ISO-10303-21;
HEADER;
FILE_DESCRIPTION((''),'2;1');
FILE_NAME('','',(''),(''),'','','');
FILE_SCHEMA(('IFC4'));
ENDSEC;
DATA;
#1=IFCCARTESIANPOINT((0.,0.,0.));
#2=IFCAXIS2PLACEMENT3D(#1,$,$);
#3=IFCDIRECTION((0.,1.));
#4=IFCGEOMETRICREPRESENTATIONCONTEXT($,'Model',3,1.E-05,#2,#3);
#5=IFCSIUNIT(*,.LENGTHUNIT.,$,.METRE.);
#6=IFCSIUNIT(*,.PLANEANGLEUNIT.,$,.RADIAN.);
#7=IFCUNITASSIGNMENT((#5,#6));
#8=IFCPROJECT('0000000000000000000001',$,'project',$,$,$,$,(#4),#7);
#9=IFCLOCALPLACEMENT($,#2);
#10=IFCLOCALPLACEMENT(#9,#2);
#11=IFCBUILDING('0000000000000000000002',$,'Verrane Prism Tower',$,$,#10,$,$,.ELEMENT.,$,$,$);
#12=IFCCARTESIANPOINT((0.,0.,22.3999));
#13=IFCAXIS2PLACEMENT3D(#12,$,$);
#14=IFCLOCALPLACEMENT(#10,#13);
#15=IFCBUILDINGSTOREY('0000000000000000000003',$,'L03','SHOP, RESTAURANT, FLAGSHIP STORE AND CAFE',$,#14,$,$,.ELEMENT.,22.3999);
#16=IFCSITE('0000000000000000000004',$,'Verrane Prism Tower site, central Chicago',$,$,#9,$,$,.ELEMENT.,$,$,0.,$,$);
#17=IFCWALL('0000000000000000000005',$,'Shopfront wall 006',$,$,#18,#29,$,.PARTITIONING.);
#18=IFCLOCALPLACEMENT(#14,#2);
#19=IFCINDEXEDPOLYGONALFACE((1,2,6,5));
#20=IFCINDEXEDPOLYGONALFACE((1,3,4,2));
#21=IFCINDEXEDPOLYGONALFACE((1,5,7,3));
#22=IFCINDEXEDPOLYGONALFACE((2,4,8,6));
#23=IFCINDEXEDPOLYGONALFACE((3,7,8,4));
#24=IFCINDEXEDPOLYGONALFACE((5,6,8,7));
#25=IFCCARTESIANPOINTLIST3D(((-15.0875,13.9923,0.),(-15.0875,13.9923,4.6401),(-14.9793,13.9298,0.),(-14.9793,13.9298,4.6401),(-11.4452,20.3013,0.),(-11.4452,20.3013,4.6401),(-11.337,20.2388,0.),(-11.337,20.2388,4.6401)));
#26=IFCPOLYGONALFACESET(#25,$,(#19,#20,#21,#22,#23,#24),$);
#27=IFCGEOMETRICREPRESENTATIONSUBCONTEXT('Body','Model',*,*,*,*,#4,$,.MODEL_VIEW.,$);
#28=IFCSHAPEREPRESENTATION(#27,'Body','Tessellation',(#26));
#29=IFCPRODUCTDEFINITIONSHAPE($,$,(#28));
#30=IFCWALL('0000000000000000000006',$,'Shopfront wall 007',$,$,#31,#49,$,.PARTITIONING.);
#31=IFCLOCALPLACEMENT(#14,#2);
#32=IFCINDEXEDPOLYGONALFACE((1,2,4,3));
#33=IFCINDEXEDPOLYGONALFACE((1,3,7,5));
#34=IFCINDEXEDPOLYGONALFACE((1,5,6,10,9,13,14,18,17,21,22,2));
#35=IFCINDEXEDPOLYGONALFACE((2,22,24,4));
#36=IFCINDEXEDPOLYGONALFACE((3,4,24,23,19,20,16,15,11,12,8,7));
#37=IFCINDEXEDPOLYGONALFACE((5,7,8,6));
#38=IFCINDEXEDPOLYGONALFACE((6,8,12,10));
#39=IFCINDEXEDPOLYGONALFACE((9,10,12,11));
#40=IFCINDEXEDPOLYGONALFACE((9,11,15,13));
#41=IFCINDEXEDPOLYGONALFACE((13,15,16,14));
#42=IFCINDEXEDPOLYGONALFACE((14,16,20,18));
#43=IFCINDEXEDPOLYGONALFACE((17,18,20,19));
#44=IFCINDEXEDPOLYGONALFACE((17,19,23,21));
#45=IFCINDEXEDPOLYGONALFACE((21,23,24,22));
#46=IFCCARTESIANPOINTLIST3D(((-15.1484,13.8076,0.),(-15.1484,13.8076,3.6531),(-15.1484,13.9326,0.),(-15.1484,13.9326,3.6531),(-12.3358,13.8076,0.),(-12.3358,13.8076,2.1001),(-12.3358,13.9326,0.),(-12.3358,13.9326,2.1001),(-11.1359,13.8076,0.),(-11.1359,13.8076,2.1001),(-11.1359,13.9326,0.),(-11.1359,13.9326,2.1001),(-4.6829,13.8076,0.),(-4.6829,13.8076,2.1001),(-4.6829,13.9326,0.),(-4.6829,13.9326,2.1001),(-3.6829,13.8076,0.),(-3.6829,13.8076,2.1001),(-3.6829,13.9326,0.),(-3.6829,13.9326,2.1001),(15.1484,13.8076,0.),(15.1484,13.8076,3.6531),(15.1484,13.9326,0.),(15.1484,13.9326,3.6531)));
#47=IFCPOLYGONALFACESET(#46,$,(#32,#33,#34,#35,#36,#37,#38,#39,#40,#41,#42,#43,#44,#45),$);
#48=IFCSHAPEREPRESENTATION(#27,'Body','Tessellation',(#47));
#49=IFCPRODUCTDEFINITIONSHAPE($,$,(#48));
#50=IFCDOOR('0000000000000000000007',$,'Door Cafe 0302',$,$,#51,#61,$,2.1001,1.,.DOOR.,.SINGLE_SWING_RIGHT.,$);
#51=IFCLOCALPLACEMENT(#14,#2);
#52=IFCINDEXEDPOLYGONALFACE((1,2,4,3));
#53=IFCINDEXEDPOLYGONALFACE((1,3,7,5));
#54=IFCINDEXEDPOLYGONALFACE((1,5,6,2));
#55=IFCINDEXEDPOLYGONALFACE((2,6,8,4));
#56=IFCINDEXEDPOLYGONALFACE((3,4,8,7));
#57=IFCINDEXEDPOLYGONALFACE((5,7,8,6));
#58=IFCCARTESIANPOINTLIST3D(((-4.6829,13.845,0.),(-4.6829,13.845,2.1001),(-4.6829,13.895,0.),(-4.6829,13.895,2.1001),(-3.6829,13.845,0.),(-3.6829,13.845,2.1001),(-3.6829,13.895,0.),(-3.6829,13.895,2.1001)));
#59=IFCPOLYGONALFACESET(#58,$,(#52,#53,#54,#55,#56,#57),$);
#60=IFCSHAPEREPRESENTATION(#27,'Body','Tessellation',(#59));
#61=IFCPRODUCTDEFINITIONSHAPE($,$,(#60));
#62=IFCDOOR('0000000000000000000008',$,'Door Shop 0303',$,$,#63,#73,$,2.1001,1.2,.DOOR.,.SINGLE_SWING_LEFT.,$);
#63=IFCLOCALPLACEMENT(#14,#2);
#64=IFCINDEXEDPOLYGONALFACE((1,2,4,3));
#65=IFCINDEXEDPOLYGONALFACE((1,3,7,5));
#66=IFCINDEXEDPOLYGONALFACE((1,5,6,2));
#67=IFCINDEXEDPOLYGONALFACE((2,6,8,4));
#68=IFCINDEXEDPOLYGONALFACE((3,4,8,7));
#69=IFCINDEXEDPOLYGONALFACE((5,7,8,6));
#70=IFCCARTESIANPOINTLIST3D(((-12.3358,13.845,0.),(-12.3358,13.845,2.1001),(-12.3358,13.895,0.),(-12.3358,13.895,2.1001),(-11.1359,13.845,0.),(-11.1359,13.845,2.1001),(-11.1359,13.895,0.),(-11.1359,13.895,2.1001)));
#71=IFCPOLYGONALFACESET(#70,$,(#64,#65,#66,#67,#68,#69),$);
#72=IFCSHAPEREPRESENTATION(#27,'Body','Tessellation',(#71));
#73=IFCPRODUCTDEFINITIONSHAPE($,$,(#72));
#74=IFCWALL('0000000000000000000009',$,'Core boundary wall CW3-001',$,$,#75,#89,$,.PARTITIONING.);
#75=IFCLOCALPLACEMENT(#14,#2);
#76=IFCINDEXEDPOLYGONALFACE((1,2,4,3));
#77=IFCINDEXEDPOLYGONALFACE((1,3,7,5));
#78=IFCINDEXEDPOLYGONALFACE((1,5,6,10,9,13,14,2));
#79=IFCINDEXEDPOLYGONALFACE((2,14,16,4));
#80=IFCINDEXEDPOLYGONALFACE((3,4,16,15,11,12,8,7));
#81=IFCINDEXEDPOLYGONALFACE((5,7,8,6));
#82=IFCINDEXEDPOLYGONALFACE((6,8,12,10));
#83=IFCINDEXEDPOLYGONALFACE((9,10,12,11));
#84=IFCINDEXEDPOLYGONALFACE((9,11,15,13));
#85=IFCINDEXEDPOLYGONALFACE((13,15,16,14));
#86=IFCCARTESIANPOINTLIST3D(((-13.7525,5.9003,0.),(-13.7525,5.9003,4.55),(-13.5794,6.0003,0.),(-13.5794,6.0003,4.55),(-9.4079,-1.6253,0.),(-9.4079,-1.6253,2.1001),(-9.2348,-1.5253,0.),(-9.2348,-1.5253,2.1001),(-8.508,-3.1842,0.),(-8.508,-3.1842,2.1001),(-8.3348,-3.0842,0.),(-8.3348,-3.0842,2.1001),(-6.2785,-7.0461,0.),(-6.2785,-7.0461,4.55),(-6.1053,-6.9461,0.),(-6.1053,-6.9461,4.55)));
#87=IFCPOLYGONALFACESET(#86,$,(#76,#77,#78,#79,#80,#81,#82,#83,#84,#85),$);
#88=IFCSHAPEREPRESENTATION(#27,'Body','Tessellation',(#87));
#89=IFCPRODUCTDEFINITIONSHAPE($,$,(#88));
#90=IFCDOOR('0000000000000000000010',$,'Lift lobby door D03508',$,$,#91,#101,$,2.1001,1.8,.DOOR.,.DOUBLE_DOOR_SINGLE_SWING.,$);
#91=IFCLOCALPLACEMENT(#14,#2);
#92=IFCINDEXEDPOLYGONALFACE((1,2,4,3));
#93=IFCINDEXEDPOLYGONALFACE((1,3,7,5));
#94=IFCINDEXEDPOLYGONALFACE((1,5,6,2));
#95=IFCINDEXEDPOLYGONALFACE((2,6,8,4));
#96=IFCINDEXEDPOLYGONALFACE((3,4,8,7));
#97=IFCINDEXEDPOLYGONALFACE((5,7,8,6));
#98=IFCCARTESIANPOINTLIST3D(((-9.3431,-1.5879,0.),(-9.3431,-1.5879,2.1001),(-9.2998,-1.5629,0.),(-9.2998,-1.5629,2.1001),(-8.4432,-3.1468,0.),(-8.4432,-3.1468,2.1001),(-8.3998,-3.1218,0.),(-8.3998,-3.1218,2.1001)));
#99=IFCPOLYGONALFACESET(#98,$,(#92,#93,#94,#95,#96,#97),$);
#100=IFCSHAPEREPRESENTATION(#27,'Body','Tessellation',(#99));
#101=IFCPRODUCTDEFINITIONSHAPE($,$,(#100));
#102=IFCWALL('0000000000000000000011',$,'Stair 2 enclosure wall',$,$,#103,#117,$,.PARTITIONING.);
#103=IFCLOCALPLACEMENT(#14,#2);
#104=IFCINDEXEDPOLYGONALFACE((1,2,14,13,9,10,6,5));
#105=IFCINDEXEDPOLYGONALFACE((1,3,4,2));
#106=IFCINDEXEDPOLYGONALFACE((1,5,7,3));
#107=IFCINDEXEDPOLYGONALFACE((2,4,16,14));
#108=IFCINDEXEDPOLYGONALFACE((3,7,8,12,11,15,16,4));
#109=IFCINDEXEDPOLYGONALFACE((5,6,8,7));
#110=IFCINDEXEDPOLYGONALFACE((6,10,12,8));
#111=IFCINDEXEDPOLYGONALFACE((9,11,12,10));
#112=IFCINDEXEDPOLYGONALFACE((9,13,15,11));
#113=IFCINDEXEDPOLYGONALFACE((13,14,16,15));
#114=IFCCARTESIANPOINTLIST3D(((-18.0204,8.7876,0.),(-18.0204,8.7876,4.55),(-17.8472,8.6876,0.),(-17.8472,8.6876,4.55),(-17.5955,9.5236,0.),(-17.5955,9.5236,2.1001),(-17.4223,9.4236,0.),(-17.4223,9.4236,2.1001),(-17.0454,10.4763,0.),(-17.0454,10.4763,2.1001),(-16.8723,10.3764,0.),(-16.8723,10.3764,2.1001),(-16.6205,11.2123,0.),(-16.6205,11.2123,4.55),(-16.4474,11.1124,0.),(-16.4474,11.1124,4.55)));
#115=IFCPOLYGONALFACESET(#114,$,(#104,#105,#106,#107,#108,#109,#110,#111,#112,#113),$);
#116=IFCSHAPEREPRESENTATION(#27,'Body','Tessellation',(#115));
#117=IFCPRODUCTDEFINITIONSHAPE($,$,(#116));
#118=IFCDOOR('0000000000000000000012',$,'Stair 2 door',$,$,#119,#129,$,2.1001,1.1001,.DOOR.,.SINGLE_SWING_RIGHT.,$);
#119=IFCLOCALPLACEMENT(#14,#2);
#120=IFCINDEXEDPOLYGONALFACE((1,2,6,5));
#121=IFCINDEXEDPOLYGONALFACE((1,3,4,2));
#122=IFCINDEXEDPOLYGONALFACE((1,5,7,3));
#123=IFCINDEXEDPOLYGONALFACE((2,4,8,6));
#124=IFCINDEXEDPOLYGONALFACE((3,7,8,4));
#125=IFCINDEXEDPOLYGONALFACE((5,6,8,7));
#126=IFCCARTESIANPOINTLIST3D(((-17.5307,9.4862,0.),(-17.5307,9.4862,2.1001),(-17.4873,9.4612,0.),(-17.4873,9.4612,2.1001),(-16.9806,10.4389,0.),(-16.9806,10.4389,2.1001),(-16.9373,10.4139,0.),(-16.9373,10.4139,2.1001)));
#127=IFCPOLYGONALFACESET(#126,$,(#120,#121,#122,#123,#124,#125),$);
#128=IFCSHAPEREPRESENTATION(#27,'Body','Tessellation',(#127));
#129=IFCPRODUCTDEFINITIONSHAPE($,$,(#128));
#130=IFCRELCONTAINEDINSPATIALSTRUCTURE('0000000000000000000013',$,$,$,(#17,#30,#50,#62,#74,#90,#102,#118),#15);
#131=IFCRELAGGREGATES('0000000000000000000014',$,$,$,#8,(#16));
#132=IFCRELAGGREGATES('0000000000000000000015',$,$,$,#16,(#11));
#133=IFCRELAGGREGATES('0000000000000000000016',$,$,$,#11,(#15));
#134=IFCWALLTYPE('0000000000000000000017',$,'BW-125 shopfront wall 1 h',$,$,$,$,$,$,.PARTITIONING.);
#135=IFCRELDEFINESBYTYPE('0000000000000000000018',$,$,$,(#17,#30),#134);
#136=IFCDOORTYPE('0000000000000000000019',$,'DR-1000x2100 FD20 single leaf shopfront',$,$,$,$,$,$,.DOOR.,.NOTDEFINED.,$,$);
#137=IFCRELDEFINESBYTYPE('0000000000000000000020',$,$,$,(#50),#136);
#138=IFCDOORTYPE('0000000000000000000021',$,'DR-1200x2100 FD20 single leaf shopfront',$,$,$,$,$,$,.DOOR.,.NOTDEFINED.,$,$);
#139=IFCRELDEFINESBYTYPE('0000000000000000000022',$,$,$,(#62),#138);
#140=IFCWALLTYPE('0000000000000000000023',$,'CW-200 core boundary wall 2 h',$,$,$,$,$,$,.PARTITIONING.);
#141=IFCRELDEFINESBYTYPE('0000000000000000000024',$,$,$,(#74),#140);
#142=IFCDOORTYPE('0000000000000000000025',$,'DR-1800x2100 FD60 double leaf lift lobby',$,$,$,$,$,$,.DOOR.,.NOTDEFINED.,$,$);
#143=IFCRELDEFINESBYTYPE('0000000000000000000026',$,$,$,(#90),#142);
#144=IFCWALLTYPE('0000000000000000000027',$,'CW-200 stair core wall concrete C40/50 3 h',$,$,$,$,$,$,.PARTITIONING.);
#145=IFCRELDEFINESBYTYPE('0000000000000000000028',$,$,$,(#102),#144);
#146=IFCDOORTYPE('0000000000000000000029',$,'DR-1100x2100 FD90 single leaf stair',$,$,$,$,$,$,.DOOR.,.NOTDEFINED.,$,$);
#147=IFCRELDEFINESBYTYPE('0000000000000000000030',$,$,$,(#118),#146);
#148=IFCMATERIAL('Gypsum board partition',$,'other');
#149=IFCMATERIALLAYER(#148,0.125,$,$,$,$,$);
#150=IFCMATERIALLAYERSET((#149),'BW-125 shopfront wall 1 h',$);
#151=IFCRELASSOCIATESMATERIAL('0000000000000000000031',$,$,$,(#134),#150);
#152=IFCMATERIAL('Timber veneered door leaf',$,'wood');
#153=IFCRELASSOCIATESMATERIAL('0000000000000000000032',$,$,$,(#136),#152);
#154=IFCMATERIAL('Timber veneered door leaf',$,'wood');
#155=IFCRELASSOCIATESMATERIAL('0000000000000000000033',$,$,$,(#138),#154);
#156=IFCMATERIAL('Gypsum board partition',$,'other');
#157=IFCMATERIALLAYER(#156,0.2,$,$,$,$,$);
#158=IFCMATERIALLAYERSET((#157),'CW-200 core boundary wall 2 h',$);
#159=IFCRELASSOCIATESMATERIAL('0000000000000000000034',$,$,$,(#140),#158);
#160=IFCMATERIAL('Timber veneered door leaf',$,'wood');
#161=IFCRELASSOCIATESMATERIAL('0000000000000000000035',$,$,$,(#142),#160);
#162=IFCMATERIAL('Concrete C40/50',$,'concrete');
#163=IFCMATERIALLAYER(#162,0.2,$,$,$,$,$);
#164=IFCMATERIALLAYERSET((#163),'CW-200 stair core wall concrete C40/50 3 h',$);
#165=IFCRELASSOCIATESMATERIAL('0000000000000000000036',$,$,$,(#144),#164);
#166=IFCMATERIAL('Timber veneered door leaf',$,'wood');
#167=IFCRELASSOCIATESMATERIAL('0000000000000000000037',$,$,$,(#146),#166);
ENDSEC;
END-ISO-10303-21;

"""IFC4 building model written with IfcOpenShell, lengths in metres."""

from ifc_helpers import new_model, si_unit, direction, frame, frame_2d, origin, place, context, subcontext, project, spatial, rectangle, extrude, material, layer, layer_set, type_object, element, fill, save


model = new_model("IFC4")

# Units and contexts
model_context = context("Model", 3, precision=1e-05, world=origin(), true_north=direction((0.0, 1.0)))
body_context = subcontext(model_context, "Body", "Model", "MODEL_VIEW")
ifc_project = project(units=[si_unit("LENGTHUNIT", "METRE"), si_unit("PLANEANGLEUNIT", "RADIAN")], contexts=[model_context])

# Site, building, storey
site_placement = place(None, origin())
site = spatial("IfcSite", under=ifc_project, at=site_placement, Name="Verrane Prism Tower site, central Chicago", CompositionType="ELEMENT", RefElevation=0.0)
building_placement = place(site_placement, origin())
building = spatial("IfcBuilding", under=site, at=building_placement, Name="Verrane Prism Tower", CompositionType="ELEMENT")
storey_placement = place(building_placement, frame((0.0, 0.0, 22.3999)))
storey = spatial("IfcBuildingStorey", under=building, at=storey_placement, Name="L03", Description="SHOP, RESTAURANT, FLAGSHIP STORE AND CAFE", CompositionType="ELEMENT", Elevation=22.3999)

# Wall
ifc_material_1 = material(Name="Gypsum board partition", Category="other")
ifc_layer_1 = layer(ifc_material_1, 0.125)
ifc_layer_set_1 = layer_set([ifc_layer_1], Name="BW-125 shopfront wall 1 h")
wall_type_1 = type_object("IfcWallType", Name="BW-125 shopfront wall 1 h", PredefinedType="PARTITIONING", material=ifc_layer_set_1)
wall_1_placement = place(storey_placement, frame((-15.0334, 13.9609, 0.0), z_axis=(0.0, 0.0, 1.0), x_axis=(0.499978, 0.866038, 0.0)))
element("IfcWall", 1, at=wall_1_placement, inside=storey, type_object=wall_type_1, Name="Shopfront wall 006", PredefinedType="PARTITIONING", context=body_context, shape_type="SweptSolid", body=[
    extrude(rectangle(XDim=7.2849, YDim=0.125, at=frame_2d((3.6426, 0.0))), origin(), (0.0, 0.0, 1.0), 4.6401),
])

# Wall, openings, doors
wall_2_placement = place(storey_placement, frame((-15.1484, 13.8701, 0.0), z_axis=(0.0, 0.0, 1.0), x_axis=(1.0, 0.0, 0.0)))
wall_2 = element("IfcWall", 2, at=wall_2_placement, inside=storey, type_object=wall_type_1, Name="Shopfront wall 007", PredefinedType="PARTITIONING", context=body_context, shape_type="SweptSolid", body=[
    extrude(rectangle(XDim=30.2969, YDim=0.125, at=frame_2d((15.1484, 0.0))), origin(), (0.0, 0.0, 1.0), 3.6531),
])
opening_1_placement = place(wall_2_placement, frame((10.4656, 0.0, 0.0)))
opening_1 = element("IfcOpeningElement", 3, at=opening_1_placement, cuts=wall_2, PredefinedType="OPENING", context=body_context, shape_type="SweptSolid", body=[
    extrude(rectangle(XDim=1.0, YDim=2.1001, at=frame_2d((0.5, 1.05))), frame((0.0, 0.0725, 0.0), z_axis=(0.0, -1.0, 0.0), x_axis=(1.0, 0.0, 0.0)), (0.0, 0.0, 1.0), 0.145),
])
opening_2_placement = place(wall_2_placement, frame((2.8125, 0.0, 0.0)))
opening_2 = element("IfcOpeningElement", 4, at=opening_2_placement, cuts=wall_2, PredefinedType="OPENING", context=body_context, shape_type="SweptSolid", body=[
    extrude(rectangle(XDim=1.2, YDim=2.1001, at=frame_2d((0.6001, 1.05))), frame((0.0, 0.0725, 0.0), z_axis=(0.0, -1.0, 0.0), x_axis=(1.0, 0.0, 0.0)), (0.0, 0.0, 1.0), 0.145),
])
ifc_material_2 = material(Name="Timber veneered door leaf", Category="wood")
door_type_1 = type_object("IfcDoorType", Name="DR-1000x2100 FD20 single leaf shopfront", OperationType="NOTDEFINED", PredefinedType="DOOR", material=ifc_material_2)
door_1_placement = place(opening_1_placement, origin())
door_1 = element("IfcDoor", 5, at=door_1_placement, inside=storey, type_object=door_type_1, Name="Door Cafe 0302", OperationType="SINGLE_SWING_RIGHT", OverallHeight=2.1001, OverallWidth=1.0, PredefinedType="DOOR", context=body_context, shape_type="SweptSolid", body=[
    extrude(rectangle(XDim=1.0, YDim=2.1001, at=frame_2d((0.5, 1.05))), frame((0.0, 0.0249, 0.0), z_axis=(0.0, -1.0, 0.0), x_axis=(1.0, 0.0, 0.0)), (0.0, 0.0, 1.0), 0.05),
])
fill(opening_1, door_1)
ifc_material_3 = material(Name="Timber veneered door leaf", Category="wood")
door_type_2 = type_object("IfcDoorType", Name="DR-1200x2100 FD20 single leaf shopfront", OperationType="NOTDEFINED", PredefinedType="DOOR", material=ifc_material_3)
door_2_placement = place(opening_2_placement, origin())
door_2 = element("IfcDoor", 6, at=door_2_placement, inside=storey, type_object=door_type_2, Name="Door Shop 0303", OperationType="SINGLE_SWING_LEFT", OverallHeight=2.1001, OverallWidth=1.2, PredefinedType="DOOR", context=body_context, shape_type="SweptSolid", body=[
    extrude(rectangle(XDim=1.2, YDim=2.1001, at=frame_2d((0.6001, 1.05))), frame((0.0, 0.0249, 0.0), z_axis=(0.0, -1.0, 0.0), x_axis=(1.0, 0.0, 0.0)), (0.0, 0.0, 1.0), 0.05),
])
fill(opening_2, door_2)

# Walls, openings, doors
ifc_material_4 = material(Name="Gypsum board partition", Category="other")
ifc_layer_2 = layer(ifc_material_4, 0.2)
ifc_layer_set_2 = layer_set([ifc_layer_2], Name="CW-200 core boundary wall 2 h")
wall_type_2 = type_object("IfcWallType", Name="CW-200 core boundary wall 2 h", PredefinedType="PARTITIONING", material=ifc_layer_set_2)
wall_3_placement = place(storey_placement, frame((-13.666, 5.9504, 0.0), z_axis=(0.0, 0.0, 1.0), x_axis=(0.499972, -0.866042, 0.0)))
wall_3 = element("IfcWall", 7, at=wall_3_placement, inside=storey, type_object=wall_type_2, Name="Core boundary wall CW3-001", PredefinedType="PARTITIONING", context=body_context, shape_type="SweptSolid", body=[
    extrude(rectangle(XDim=14.949, YDim=0.2, at=frame_2d((7.4746, 0.0))), origin(), (0.0, 0.0, 1.0), 4.55),
])
opening_3_placement = place(wall_3_placement, frame((8.6899, 0.0, 0.0)))
opening_3 = element("IfcOpeningElement", 8, at=opening_3_placement, cuts=wall_3, PredefinedType="OPENING", context=body_context, shape_type="SweptSolid", body=[
    extrude(rectangle(XDim=1.8, YDim=2.1001, at=frame_2d((0.8999, 1.05))), frame((0.0, 0.1099, 0.0), z_axis=(0.0, -1.0, 0.0), x_axis=(1.0, 0.0, 0.0)), (0.0, 0.0, 1.0), 0.22),
])
ifc_material_5 = material(Name="Timber veneered door leaf", Category="wood")
door_type_3 = type_object("IfcDoorType", Name="DR-1800x2100 FD60 double leaf lift lobby", OperationType="NOTDEFINED", PredefinedType="DOOR", material=ifc_material_5)
door_3_placement = place(opening_3_placement, origin())
door_3 = element("IfcDoor", 9, at=door_3_placement, inside=storey, type_object=door_type_3, Name="Lift lobby door D03508", OperationType="DOUBLE_DOOR_SINGLE_SWING", OverallHeight=2.1001, OverallWidth=1.8, PredefinedType="DOOR", context=body_context, shape_type="SweptSolid", body=[
    extrude(rectangle(XDim=1.8, YDim=2.1001, at=frame_2d((0.8999, 1.05))), frame((0.0, 0.0249, 0.0), z_axis=(0.0, -1.0, 0.0), x_axis=(1.0, 0.0, 0.0)), (0.0, 0.0, 1.0), 0.05),
])
fill(opening_3, door_3)
ifc_material_6 = material(Name="Concrete C40/50", Category="concrete")
ifc_layer_3 = layer(ifc_material_6, 0.2)
ifc_layer_set_3 = layer_set([ifc_layer_3], Name="CW-200 stair core wall concrete C40/50 3 h")
wall_type_3 = type_object("IfcWallType", Name="CW-200 stair core wall concrete C40/50 3 h", PredefinedType="PARTITIONING", material=ifc_layer_set_3)
wall_4_placement = place(storey_placement, frame((-16.5339, 11.1624, 0.0), z_axis=(0.0, 0.0, 1.0), x_axis=(-0.499984, -0.866035, 0.0)))
wall_4 = element("IfcWall", 10, at=wall_4_placement, inside=storey, type_object=wall_type_3, Name="Stair 2 enclosure wall", PredefinedType="PARTITIONING", context=body_context, shape_type="SweptSolid", body=[
    extrude(rectangle(XDim=2.7998, YDim=0.2, at=frame_2d((1.3999, 0.0))), origin(), (0.0, 0.0, 1.0), 4.55),
])
opening_4_placement = place(wall_4_placement, frame((0.8499, 0.0, 0.0)))
opening_4 = element("IfcOpeningElement", 11, at=opening_4_placement, cuts=wall_4, PredefinedType="OPENING", context=body_context, shape_type="SweptSolid", body=[
    extrude(rectangle(XDim=1.1001, YDim=2.1001, at=frame_2d((0.55, 1.05))), frame((0.0, 0.1099, 0.0), z_axis=(0.0, -1.0, 0.0), x_axis=(1.0, 0.0, 0.0)), (0.0, 0.0, 1.0), 0.22),
])
ifc_material_7 = material(Name="Timber veneered door leaf", Category="wood")
door_type_4 = type_object("IfcDoorType", Name="DR-1100x2100 FD90 single leaf stair", OperationType="NOTDEFINED", PredefinedType="DOOR", material=ifc_material_7)
door_4_placement = place(opening_4_placement, origin())
door_4 = element("IfcDoor", 12, at=door_4_placement, inside=storey, type_object=door_type_4, Name="Stair 2 door", OperationType="SINGLE_SWING_RIGHT", OverallHeight=2.1001, OverallWidth=1.1001, PredefinedType="DOOR", context=body_context, shape_type="SweptSolid", body=[
    extrude(rectangle(XDim=1.1001, YDim=2.1001, at=frame_2d((0.55, 1.05))), frame((0.0, 0.0249, 0.0), z_axis=(0.0, -1.0, 0.0), x_axis=(1.0, 0.0, 0.0)), (0.0, 0.0, 1.0), 0.05),
])
fill(opening_4, door_4)

save(model, "model.ifc")
